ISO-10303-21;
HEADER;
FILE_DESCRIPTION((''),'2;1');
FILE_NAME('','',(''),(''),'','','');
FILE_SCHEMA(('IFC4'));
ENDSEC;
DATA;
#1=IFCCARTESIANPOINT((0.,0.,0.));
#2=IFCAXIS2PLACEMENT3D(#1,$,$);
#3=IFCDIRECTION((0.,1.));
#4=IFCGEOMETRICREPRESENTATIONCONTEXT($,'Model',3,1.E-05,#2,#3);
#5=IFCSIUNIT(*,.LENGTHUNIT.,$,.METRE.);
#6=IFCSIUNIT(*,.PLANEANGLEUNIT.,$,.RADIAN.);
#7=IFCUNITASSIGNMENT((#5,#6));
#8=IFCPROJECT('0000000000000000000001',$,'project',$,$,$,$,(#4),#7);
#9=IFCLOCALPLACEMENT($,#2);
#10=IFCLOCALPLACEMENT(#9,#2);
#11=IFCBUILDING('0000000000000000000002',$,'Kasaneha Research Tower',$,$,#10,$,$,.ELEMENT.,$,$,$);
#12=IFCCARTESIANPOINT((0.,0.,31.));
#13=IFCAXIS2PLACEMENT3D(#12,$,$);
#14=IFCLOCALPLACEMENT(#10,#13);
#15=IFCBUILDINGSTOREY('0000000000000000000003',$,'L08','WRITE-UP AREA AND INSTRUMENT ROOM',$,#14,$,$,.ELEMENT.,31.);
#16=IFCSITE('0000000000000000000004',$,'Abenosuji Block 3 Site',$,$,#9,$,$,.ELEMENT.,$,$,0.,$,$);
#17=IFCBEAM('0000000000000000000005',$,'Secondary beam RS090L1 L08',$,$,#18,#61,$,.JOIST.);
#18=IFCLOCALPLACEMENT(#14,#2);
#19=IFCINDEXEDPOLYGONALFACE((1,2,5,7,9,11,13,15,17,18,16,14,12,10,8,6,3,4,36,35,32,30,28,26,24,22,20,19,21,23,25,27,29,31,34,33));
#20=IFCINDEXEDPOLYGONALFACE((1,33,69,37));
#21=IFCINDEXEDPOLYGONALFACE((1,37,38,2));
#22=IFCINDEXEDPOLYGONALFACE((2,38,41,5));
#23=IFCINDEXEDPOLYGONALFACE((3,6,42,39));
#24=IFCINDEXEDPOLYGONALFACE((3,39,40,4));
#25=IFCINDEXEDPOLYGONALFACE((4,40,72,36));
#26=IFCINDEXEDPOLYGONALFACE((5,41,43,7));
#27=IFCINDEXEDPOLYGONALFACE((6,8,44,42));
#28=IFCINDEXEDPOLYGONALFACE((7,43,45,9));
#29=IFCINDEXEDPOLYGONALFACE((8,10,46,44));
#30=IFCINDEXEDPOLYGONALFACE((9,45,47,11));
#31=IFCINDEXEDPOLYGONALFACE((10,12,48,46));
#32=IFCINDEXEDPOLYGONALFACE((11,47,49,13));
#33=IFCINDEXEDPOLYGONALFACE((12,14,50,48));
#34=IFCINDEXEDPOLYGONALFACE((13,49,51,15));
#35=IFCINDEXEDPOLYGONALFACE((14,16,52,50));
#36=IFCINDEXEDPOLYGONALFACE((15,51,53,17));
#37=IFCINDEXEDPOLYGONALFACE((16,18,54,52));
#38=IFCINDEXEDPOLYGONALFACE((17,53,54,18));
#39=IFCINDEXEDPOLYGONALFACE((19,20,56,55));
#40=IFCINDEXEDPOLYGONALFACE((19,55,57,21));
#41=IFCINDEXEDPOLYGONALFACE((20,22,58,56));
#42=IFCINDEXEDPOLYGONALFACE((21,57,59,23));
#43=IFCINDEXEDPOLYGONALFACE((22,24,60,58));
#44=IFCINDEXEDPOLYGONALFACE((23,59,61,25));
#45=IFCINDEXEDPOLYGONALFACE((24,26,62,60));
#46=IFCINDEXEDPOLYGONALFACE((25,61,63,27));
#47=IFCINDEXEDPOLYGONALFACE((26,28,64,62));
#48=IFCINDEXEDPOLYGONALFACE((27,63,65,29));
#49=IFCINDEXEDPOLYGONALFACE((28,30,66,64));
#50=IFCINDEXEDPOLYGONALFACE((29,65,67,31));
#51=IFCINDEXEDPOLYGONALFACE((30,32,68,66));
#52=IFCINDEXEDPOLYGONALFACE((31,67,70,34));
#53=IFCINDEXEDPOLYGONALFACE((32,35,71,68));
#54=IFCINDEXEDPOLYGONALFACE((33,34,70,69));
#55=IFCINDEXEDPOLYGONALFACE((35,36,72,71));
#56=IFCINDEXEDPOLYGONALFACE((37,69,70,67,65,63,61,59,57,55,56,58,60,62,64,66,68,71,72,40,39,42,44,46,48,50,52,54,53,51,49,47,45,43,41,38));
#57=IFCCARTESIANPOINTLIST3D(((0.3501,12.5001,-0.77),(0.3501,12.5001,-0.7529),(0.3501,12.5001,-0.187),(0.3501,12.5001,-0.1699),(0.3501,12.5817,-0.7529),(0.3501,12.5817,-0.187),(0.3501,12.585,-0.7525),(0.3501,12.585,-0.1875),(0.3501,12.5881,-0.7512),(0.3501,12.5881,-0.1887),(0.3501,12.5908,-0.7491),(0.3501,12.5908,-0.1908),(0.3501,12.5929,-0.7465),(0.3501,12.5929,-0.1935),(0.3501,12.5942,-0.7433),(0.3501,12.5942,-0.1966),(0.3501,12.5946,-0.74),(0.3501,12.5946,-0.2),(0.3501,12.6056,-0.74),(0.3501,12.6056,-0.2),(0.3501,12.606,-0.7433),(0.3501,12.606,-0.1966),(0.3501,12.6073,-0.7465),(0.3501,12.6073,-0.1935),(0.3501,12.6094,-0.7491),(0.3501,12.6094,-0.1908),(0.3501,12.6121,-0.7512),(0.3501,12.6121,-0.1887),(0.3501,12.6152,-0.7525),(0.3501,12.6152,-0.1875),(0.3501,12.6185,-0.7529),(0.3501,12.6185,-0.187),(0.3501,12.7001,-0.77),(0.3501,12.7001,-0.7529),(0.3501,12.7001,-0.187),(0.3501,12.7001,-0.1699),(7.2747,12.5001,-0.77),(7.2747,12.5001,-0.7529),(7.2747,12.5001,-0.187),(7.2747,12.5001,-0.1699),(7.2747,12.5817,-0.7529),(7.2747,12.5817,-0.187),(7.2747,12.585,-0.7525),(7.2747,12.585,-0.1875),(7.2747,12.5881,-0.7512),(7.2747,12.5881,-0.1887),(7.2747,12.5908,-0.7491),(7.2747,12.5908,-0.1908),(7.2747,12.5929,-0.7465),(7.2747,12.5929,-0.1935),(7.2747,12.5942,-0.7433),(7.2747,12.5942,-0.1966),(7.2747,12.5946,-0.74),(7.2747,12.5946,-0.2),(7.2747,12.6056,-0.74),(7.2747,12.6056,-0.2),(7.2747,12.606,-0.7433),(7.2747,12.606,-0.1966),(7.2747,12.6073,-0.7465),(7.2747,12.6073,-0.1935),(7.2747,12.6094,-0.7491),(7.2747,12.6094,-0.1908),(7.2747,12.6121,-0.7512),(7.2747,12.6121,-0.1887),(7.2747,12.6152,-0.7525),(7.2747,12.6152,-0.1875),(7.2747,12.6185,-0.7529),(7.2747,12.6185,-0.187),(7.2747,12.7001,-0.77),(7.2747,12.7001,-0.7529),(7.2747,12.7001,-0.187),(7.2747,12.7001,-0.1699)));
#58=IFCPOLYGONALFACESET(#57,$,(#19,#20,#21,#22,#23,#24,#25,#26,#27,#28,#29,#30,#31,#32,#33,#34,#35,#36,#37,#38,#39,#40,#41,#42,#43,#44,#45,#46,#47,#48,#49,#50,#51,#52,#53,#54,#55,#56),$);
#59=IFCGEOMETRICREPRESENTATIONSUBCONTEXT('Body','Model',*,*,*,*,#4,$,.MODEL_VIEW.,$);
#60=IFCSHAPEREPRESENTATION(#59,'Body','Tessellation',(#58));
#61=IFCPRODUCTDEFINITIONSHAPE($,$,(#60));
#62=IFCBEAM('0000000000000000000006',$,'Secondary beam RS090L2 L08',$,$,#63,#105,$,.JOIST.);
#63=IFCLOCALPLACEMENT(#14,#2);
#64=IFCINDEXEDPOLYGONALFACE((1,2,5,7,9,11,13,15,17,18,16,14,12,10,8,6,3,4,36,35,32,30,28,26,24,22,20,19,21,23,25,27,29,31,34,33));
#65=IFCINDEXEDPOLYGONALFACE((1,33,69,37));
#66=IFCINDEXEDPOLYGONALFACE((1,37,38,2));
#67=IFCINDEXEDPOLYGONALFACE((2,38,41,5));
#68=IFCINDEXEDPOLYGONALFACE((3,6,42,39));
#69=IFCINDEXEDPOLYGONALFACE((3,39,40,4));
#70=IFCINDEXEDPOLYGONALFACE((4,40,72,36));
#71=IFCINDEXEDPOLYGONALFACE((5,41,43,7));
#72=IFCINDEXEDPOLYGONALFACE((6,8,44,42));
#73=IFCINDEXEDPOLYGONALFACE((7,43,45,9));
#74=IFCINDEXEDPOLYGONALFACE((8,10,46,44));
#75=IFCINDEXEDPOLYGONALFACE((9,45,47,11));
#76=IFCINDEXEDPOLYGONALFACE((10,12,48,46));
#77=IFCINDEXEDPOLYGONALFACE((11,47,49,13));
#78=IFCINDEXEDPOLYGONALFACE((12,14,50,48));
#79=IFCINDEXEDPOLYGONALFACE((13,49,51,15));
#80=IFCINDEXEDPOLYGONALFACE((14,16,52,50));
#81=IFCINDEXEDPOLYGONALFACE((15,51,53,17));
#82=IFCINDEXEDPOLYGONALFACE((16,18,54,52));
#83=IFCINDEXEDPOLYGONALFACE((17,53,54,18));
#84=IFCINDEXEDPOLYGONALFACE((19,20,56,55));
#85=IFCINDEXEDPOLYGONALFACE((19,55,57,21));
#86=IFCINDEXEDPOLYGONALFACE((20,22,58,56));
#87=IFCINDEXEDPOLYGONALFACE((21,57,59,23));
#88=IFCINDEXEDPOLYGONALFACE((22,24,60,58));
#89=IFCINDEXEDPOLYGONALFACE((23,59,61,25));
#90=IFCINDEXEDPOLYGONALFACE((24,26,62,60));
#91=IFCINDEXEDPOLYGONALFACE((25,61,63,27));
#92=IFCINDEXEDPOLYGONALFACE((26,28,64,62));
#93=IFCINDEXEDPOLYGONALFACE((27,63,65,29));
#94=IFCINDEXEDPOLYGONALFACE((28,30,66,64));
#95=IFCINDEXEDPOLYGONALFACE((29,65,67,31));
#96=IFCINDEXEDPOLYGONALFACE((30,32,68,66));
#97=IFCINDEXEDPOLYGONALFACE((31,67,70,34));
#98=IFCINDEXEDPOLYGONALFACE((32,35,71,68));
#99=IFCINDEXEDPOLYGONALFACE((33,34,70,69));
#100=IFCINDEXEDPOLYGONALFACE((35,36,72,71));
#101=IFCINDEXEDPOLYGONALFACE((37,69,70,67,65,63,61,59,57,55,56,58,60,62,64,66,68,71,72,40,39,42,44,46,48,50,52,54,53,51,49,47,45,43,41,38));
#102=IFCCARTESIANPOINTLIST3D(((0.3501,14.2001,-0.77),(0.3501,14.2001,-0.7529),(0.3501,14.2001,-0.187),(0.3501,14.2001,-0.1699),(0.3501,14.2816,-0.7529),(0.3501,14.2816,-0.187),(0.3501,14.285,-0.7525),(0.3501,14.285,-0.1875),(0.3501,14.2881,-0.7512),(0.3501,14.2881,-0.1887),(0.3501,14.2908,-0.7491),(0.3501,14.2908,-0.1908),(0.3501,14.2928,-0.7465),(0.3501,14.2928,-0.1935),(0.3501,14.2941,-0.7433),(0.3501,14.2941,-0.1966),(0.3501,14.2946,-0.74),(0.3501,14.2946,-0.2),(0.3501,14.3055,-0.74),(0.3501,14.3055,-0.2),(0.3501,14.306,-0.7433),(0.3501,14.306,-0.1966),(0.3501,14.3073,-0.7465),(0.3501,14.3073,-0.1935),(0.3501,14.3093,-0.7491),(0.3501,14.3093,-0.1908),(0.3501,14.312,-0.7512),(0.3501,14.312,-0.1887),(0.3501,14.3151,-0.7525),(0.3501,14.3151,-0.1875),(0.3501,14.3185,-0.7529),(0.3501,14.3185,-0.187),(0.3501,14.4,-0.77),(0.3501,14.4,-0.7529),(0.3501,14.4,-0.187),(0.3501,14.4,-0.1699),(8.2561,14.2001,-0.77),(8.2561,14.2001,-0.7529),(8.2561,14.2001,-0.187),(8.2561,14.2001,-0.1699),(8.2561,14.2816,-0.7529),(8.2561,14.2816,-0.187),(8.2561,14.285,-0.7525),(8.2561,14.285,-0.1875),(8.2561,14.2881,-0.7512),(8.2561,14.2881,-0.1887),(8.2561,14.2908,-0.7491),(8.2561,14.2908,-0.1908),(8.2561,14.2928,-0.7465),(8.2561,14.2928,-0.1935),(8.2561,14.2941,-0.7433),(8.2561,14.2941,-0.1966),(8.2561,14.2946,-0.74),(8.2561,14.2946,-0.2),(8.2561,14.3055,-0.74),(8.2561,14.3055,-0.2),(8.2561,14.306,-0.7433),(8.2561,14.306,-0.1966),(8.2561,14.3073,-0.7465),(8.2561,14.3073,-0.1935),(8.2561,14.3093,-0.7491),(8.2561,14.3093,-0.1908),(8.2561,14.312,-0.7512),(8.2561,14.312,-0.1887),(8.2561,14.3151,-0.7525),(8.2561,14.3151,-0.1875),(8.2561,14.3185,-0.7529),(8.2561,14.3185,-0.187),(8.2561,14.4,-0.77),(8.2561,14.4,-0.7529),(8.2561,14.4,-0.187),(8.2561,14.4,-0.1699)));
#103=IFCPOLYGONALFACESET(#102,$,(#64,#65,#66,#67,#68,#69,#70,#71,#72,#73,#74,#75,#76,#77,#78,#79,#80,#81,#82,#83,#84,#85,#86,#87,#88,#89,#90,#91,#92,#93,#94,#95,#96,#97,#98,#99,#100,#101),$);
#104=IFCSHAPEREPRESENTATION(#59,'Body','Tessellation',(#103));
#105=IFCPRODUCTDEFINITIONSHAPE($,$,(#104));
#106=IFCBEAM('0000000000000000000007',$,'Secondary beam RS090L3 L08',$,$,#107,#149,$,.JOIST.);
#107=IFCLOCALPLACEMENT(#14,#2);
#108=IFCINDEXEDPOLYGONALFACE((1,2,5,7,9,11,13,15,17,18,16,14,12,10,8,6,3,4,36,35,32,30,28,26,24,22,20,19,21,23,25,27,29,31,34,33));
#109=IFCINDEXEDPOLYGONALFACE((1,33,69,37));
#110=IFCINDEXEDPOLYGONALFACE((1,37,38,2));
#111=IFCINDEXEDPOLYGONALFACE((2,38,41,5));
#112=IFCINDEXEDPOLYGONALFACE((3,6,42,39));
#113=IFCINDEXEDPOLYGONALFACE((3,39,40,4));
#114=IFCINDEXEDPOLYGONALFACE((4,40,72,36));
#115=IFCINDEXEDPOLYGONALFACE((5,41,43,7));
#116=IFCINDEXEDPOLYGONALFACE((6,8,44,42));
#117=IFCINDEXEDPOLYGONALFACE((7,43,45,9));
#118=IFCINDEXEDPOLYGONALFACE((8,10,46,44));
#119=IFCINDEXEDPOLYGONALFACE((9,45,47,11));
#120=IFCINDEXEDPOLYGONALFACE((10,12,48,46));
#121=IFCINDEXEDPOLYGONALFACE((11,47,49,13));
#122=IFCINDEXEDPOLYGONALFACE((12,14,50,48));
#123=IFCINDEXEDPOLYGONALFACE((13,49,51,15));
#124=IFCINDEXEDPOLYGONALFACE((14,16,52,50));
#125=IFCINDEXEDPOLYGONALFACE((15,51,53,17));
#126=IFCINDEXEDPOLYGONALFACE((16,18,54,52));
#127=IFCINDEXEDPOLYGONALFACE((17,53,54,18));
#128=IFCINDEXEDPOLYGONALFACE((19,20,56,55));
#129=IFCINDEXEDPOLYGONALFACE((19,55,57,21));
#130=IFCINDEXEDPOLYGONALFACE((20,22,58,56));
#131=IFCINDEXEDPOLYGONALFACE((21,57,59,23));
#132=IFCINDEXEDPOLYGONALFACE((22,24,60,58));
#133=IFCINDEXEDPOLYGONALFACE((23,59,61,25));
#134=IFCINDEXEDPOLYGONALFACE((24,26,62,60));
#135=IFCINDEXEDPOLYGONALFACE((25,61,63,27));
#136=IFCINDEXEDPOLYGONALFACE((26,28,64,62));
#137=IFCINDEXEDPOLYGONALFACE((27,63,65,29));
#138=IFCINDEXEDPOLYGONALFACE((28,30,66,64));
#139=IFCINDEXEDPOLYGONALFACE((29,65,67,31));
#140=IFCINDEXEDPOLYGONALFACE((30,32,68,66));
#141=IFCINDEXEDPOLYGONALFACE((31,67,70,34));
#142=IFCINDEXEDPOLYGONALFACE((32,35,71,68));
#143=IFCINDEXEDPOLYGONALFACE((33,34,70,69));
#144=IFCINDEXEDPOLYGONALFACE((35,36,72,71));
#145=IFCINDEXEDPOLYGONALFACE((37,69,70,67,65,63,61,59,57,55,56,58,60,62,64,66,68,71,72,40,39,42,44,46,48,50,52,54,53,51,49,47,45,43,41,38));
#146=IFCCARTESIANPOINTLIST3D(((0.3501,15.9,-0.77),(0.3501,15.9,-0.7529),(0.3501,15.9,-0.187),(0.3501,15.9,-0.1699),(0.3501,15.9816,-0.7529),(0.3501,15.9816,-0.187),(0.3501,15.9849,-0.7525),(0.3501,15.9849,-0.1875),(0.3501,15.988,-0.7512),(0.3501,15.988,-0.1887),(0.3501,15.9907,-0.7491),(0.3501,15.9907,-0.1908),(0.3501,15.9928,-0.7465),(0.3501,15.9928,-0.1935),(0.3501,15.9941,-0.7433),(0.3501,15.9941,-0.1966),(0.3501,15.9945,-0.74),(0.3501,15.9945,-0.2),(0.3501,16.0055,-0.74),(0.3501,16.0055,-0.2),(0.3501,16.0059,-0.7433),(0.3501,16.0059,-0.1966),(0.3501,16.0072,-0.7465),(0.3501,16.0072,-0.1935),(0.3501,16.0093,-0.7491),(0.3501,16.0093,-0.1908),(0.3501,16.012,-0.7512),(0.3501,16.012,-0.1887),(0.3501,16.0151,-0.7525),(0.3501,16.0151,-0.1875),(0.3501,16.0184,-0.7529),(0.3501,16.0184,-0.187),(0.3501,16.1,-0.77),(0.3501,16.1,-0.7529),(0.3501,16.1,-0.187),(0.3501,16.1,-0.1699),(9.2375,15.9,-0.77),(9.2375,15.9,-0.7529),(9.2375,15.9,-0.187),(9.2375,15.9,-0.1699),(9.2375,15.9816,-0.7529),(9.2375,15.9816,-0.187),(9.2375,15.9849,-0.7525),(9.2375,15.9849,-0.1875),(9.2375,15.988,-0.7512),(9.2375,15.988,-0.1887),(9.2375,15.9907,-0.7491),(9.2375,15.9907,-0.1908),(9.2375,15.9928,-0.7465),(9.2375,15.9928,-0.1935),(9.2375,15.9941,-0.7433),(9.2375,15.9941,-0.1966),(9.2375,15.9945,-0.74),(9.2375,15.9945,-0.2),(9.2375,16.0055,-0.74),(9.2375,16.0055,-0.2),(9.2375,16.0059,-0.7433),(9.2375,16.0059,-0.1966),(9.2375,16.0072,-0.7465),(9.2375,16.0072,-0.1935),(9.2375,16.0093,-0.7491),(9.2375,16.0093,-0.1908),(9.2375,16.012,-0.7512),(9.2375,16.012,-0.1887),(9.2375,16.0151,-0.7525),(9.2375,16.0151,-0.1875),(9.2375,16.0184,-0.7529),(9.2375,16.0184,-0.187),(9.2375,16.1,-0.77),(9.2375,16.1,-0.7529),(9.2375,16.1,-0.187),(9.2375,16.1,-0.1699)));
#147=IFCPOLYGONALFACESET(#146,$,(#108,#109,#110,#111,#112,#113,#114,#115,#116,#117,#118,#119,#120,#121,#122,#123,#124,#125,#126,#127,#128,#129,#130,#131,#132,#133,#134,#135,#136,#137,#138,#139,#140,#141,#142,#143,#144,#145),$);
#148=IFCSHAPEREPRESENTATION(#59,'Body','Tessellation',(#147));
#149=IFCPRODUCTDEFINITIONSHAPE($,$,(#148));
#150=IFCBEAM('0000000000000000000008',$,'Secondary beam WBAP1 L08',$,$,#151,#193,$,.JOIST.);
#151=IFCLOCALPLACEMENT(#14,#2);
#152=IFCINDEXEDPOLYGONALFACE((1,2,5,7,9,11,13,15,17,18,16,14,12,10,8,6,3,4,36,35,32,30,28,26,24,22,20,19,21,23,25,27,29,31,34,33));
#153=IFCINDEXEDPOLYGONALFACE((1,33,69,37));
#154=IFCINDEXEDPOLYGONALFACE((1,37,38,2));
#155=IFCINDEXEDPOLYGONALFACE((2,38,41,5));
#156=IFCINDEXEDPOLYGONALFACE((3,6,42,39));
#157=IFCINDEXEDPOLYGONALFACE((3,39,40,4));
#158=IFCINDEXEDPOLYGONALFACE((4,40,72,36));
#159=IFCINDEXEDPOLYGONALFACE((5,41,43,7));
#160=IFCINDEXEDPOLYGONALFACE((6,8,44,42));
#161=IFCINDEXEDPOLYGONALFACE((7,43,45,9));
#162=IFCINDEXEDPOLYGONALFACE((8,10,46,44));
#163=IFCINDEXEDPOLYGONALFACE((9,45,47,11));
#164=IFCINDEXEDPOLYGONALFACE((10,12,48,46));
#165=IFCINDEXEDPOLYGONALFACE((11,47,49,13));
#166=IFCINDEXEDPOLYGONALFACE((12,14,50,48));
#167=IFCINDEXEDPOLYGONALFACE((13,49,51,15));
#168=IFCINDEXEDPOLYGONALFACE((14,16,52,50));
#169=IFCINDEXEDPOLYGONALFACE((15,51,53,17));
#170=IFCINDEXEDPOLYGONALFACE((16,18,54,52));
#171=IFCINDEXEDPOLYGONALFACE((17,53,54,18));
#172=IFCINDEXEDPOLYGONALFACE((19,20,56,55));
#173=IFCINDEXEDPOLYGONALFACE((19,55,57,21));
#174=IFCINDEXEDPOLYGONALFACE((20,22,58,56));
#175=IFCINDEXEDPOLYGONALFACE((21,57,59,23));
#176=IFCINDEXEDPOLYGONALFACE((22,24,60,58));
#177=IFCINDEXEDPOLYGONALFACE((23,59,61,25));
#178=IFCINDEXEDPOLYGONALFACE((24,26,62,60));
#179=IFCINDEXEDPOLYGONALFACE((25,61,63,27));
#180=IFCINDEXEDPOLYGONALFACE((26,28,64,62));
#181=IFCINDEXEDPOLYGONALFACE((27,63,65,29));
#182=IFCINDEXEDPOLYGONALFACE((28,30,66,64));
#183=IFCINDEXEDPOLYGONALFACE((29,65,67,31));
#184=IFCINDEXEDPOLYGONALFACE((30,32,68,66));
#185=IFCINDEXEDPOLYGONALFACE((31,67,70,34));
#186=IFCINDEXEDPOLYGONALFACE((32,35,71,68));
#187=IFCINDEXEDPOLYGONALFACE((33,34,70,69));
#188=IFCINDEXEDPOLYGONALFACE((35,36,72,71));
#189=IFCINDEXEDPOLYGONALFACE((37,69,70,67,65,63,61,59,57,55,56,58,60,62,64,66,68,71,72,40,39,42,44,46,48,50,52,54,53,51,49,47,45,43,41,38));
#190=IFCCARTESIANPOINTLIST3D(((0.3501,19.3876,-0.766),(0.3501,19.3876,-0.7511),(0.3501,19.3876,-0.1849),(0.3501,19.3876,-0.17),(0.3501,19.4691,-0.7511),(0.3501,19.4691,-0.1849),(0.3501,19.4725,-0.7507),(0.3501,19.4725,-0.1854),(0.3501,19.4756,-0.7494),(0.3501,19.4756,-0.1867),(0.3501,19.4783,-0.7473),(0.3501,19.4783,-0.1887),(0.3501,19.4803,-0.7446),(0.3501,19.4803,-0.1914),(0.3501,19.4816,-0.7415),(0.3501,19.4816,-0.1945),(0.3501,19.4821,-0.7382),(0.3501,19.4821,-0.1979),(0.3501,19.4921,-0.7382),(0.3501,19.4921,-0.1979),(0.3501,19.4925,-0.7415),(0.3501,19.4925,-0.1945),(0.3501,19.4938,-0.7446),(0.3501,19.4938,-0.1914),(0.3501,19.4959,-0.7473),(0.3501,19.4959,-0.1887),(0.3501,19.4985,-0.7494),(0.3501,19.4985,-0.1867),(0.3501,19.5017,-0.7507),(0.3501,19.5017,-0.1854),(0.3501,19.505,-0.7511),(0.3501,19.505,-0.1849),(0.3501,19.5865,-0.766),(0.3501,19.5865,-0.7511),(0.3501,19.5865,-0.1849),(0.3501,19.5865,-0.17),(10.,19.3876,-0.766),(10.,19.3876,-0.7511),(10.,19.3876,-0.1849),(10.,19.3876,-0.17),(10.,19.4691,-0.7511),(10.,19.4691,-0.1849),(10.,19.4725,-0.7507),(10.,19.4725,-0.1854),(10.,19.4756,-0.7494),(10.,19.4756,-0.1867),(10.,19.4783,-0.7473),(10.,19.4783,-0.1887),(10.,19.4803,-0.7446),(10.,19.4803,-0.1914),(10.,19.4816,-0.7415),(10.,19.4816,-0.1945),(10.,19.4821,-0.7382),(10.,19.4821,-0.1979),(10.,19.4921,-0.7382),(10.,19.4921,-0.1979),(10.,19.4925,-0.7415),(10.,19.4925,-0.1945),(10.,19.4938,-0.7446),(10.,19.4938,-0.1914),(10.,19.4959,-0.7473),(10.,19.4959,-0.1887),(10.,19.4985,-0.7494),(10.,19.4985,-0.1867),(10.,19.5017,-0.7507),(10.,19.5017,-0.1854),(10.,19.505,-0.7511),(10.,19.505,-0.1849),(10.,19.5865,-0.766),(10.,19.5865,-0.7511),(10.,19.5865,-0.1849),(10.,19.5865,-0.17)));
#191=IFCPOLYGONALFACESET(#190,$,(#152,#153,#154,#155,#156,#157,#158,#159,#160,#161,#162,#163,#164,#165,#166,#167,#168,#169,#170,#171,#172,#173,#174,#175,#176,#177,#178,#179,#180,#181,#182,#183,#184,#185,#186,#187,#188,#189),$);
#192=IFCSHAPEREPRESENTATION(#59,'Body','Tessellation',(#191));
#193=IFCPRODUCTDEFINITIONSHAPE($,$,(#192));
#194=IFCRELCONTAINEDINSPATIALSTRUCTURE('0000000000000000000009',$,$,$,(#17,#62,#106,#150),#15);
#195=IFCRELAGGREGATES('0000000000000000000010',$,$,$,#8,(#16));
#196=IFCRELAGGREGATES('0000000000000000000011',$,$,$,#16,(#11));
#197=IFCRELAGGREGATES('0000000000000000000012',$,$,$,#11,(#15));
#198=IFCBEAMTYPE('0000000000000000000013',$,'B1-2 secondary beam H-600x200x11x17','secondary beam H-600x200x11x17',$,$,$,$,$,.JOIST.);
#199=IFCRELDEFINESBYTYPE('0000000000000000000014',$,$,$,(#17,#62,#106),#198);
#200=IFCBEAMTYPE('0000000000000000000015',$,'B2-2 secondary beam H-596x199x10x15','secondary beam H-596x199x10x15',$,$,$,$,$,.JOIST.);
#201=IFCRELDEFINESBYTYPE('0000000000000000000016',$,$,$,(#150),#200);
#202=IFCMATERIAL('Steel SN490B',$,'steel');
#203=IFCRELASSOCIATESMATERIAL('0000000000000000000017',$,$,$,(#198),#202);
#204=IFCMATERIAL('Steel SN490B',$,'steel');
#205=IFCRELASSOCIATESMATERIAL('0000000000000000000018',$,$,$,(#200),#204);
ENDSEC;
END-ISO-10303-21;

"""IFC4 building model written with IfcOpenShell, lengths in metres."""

from ifc_helpers import new_model, si_unit, direction, frame, origin, origin_2d, place, context, subcontext, project, spatial, i_section, extrude, material, material_profile, profile_set, type_object, element, save


model = new_model("IFC4")

# Units and contexts
model_context = context("Model", 3, precision=1e-05, world=origin(), true_north=direction((0.0, 1.0)))
body_context = subcontext(model_context, "Body", "Model", "MODEL_VIEW")
ifc_project = project(units=[si_unit("LENGTHUNIT", "METRE"), si_unit("PLANEANGLEUNIT", "RADIAN")], contexts=[model_context])

# Site, building, storey
site_placement = place(None, origin())
site = spatial("IfcSite", under=ifc_project, at=site_placement, Name="Abenosuji Block 3 Site", CompositionType="ELEMENT", RefElevation=0.0)
building_placement = place(site_placement, origin())
building = spatial("IfcBuilding", under=site, at=building_placement, Name="Kasaneha Research Tower", CompositionType="ELEMENT")
storey_placement = place(building_placement, frame((0.0, 0.0, 31.0)))
storey = spatial("IfcBuildingStorey", under=building, at=storey_placement, Name="L08", Description="WRITE-UP AREA AND INSTRUMENT ROOM", CompositionType="ELEMENT", Elevation=31.0)

# Beams
ifc_material_1 = material(Name="Steel SN490B", Category="steel")
ifc_material_profile_1 = material_profile(ifc_material_1, i_section(OverallWidth=0.2, OverallDepth=0.6001, WebThickness=0.011, FlangeThickness=0.0171, FilletRadius=0.0129, at=origin_2d()), Name="H-600x200x11x17")
ifc_profile_set_1 = profile_set([ifc_material_profile_1], Name="Steel SN490B")
beam_type_1 = type_object("IfcBeamType", Name="B1-2 secondary beam H-600x200x11x17", Description="secondary beam H-600x200x11x17", PredefinedType="JOIST", material=ifc_profile_set_1)
beam_1_placement = place(storey_placement, frame((7.2747, 12.6001, -0.47), z_axis=(-1.0, 0.0, 0.0), x_axis=(0.0, -1.0, 0.0)))
element("IfcBeam", 1, at=beam_1_placement, inside=storey, type_object=beam_type_1, Name="Secondary beam RS090L1 L08", PredefinedType="JOIST", context=body_context, shape_type="SweptSolid", body=[
    extrude(i_section(OverallWidth=0.2, OverallDepth=0.6001, WebThickness=0.011, FlangeThickness=0.0171, FilletRadius=0.0129, at=origin_2d()), origin(), (0.0, 0.0, 1.0), 6.9246),
])
beam_2_placement = place(storey_placement, frame((8.2561, 14.3, -0.47), z_axis=(-1.0, 0.0, 0.0), x_axis=(0.0, -1.0, 0.0)))
element("IfcBeam", 2, at=beam_2_placement, inside=storey, type_object=beam_type_1, Name="Secondary beam RS090L2 L08", PredefinedType="JOIST", context=body_context, shape_type="SweptSolid", body=[
    extrude(i_section(OverallWidth=0.2, OverallDepth=0.6001, WebThickness=0.011, FlangeThickness=0.0171, FilletRadius=0.0129, at=origin_2d()), origin(), (0.0, 0.0, 1.0), 7.906),
])
beam_3_placement = place(storey_placement, frame((9.2375, 16.0, -0.47), z_axis=(-1.0, 0.0, 0.0), x_axis=(0.0, -1.0, 0.0)))
element("IfcBeam", 3, at=beam_3_placement, inside=storey, type_object=beam_type_1, Name="Secondary beam RS090L3 L08", PredefinedType="JOIST", context=body_context, shape_type="SweptSolid", body=[
    extrude(i_section(OverallWidth=0.2, OverallDepth=0.6001, WebThickness=0.011, FlangeThickness=0.0171, FilletRadius=0.0129, at=origin_2d()), origin(), (0.0, 0.0, 1.0), 8.8875),
])
ifc_material_2 = material(Name="Steel SN490B", Category="steel")
ifc_material_profile_2 = material_profile(ifc_material_2, i_section(OverallWidth=0.199, OverallDepth=0.5959, WebThickness=0.01, FlangeThickness=0.0149, FilletRadius=0.0129, at=origin_2d()), Name="H-596x199x10x15")
ifc_profile_set_2 = profile_set([ifc_material_profile_2], Name="Steel SN490B")
beam_type_2 = type_object("IfcBeamType", Name="B2-2 secondary beam H-596x199x10x15", Description="secondary beam H-596x199x10x15", PredefinedType="JOIST", material=ifc_profile_set_2)
for number, where, z_axis, x_axis, name in (
    (4, (10.0, 19.4871, -0.468), (-1.0, 0.0, 0.0), (0.0, -1.0, 0.0), "Secondary beam WBAP1 L08"),
):
    element("IfcBeam", number, at=place(storey_placement, frame(where, z_axis=z_axis, x_axis=x_axis)), inside=storey, type_object=beam_type_2, Name=name, PredefinedType="JOIST", context=body_context, shape_type="SweptSolid", body=[
        extrude(i_section(OverallWidth=0.199, OverallDepth=0.5959, WebThickness=0.01, FlangeThickness=0.0149, FilletRadius=0.0129, at=origin_2d()), origin(), (0.0, 0.0, 1.0), 9.6499),
    ])

save(model, "model.ifc")
